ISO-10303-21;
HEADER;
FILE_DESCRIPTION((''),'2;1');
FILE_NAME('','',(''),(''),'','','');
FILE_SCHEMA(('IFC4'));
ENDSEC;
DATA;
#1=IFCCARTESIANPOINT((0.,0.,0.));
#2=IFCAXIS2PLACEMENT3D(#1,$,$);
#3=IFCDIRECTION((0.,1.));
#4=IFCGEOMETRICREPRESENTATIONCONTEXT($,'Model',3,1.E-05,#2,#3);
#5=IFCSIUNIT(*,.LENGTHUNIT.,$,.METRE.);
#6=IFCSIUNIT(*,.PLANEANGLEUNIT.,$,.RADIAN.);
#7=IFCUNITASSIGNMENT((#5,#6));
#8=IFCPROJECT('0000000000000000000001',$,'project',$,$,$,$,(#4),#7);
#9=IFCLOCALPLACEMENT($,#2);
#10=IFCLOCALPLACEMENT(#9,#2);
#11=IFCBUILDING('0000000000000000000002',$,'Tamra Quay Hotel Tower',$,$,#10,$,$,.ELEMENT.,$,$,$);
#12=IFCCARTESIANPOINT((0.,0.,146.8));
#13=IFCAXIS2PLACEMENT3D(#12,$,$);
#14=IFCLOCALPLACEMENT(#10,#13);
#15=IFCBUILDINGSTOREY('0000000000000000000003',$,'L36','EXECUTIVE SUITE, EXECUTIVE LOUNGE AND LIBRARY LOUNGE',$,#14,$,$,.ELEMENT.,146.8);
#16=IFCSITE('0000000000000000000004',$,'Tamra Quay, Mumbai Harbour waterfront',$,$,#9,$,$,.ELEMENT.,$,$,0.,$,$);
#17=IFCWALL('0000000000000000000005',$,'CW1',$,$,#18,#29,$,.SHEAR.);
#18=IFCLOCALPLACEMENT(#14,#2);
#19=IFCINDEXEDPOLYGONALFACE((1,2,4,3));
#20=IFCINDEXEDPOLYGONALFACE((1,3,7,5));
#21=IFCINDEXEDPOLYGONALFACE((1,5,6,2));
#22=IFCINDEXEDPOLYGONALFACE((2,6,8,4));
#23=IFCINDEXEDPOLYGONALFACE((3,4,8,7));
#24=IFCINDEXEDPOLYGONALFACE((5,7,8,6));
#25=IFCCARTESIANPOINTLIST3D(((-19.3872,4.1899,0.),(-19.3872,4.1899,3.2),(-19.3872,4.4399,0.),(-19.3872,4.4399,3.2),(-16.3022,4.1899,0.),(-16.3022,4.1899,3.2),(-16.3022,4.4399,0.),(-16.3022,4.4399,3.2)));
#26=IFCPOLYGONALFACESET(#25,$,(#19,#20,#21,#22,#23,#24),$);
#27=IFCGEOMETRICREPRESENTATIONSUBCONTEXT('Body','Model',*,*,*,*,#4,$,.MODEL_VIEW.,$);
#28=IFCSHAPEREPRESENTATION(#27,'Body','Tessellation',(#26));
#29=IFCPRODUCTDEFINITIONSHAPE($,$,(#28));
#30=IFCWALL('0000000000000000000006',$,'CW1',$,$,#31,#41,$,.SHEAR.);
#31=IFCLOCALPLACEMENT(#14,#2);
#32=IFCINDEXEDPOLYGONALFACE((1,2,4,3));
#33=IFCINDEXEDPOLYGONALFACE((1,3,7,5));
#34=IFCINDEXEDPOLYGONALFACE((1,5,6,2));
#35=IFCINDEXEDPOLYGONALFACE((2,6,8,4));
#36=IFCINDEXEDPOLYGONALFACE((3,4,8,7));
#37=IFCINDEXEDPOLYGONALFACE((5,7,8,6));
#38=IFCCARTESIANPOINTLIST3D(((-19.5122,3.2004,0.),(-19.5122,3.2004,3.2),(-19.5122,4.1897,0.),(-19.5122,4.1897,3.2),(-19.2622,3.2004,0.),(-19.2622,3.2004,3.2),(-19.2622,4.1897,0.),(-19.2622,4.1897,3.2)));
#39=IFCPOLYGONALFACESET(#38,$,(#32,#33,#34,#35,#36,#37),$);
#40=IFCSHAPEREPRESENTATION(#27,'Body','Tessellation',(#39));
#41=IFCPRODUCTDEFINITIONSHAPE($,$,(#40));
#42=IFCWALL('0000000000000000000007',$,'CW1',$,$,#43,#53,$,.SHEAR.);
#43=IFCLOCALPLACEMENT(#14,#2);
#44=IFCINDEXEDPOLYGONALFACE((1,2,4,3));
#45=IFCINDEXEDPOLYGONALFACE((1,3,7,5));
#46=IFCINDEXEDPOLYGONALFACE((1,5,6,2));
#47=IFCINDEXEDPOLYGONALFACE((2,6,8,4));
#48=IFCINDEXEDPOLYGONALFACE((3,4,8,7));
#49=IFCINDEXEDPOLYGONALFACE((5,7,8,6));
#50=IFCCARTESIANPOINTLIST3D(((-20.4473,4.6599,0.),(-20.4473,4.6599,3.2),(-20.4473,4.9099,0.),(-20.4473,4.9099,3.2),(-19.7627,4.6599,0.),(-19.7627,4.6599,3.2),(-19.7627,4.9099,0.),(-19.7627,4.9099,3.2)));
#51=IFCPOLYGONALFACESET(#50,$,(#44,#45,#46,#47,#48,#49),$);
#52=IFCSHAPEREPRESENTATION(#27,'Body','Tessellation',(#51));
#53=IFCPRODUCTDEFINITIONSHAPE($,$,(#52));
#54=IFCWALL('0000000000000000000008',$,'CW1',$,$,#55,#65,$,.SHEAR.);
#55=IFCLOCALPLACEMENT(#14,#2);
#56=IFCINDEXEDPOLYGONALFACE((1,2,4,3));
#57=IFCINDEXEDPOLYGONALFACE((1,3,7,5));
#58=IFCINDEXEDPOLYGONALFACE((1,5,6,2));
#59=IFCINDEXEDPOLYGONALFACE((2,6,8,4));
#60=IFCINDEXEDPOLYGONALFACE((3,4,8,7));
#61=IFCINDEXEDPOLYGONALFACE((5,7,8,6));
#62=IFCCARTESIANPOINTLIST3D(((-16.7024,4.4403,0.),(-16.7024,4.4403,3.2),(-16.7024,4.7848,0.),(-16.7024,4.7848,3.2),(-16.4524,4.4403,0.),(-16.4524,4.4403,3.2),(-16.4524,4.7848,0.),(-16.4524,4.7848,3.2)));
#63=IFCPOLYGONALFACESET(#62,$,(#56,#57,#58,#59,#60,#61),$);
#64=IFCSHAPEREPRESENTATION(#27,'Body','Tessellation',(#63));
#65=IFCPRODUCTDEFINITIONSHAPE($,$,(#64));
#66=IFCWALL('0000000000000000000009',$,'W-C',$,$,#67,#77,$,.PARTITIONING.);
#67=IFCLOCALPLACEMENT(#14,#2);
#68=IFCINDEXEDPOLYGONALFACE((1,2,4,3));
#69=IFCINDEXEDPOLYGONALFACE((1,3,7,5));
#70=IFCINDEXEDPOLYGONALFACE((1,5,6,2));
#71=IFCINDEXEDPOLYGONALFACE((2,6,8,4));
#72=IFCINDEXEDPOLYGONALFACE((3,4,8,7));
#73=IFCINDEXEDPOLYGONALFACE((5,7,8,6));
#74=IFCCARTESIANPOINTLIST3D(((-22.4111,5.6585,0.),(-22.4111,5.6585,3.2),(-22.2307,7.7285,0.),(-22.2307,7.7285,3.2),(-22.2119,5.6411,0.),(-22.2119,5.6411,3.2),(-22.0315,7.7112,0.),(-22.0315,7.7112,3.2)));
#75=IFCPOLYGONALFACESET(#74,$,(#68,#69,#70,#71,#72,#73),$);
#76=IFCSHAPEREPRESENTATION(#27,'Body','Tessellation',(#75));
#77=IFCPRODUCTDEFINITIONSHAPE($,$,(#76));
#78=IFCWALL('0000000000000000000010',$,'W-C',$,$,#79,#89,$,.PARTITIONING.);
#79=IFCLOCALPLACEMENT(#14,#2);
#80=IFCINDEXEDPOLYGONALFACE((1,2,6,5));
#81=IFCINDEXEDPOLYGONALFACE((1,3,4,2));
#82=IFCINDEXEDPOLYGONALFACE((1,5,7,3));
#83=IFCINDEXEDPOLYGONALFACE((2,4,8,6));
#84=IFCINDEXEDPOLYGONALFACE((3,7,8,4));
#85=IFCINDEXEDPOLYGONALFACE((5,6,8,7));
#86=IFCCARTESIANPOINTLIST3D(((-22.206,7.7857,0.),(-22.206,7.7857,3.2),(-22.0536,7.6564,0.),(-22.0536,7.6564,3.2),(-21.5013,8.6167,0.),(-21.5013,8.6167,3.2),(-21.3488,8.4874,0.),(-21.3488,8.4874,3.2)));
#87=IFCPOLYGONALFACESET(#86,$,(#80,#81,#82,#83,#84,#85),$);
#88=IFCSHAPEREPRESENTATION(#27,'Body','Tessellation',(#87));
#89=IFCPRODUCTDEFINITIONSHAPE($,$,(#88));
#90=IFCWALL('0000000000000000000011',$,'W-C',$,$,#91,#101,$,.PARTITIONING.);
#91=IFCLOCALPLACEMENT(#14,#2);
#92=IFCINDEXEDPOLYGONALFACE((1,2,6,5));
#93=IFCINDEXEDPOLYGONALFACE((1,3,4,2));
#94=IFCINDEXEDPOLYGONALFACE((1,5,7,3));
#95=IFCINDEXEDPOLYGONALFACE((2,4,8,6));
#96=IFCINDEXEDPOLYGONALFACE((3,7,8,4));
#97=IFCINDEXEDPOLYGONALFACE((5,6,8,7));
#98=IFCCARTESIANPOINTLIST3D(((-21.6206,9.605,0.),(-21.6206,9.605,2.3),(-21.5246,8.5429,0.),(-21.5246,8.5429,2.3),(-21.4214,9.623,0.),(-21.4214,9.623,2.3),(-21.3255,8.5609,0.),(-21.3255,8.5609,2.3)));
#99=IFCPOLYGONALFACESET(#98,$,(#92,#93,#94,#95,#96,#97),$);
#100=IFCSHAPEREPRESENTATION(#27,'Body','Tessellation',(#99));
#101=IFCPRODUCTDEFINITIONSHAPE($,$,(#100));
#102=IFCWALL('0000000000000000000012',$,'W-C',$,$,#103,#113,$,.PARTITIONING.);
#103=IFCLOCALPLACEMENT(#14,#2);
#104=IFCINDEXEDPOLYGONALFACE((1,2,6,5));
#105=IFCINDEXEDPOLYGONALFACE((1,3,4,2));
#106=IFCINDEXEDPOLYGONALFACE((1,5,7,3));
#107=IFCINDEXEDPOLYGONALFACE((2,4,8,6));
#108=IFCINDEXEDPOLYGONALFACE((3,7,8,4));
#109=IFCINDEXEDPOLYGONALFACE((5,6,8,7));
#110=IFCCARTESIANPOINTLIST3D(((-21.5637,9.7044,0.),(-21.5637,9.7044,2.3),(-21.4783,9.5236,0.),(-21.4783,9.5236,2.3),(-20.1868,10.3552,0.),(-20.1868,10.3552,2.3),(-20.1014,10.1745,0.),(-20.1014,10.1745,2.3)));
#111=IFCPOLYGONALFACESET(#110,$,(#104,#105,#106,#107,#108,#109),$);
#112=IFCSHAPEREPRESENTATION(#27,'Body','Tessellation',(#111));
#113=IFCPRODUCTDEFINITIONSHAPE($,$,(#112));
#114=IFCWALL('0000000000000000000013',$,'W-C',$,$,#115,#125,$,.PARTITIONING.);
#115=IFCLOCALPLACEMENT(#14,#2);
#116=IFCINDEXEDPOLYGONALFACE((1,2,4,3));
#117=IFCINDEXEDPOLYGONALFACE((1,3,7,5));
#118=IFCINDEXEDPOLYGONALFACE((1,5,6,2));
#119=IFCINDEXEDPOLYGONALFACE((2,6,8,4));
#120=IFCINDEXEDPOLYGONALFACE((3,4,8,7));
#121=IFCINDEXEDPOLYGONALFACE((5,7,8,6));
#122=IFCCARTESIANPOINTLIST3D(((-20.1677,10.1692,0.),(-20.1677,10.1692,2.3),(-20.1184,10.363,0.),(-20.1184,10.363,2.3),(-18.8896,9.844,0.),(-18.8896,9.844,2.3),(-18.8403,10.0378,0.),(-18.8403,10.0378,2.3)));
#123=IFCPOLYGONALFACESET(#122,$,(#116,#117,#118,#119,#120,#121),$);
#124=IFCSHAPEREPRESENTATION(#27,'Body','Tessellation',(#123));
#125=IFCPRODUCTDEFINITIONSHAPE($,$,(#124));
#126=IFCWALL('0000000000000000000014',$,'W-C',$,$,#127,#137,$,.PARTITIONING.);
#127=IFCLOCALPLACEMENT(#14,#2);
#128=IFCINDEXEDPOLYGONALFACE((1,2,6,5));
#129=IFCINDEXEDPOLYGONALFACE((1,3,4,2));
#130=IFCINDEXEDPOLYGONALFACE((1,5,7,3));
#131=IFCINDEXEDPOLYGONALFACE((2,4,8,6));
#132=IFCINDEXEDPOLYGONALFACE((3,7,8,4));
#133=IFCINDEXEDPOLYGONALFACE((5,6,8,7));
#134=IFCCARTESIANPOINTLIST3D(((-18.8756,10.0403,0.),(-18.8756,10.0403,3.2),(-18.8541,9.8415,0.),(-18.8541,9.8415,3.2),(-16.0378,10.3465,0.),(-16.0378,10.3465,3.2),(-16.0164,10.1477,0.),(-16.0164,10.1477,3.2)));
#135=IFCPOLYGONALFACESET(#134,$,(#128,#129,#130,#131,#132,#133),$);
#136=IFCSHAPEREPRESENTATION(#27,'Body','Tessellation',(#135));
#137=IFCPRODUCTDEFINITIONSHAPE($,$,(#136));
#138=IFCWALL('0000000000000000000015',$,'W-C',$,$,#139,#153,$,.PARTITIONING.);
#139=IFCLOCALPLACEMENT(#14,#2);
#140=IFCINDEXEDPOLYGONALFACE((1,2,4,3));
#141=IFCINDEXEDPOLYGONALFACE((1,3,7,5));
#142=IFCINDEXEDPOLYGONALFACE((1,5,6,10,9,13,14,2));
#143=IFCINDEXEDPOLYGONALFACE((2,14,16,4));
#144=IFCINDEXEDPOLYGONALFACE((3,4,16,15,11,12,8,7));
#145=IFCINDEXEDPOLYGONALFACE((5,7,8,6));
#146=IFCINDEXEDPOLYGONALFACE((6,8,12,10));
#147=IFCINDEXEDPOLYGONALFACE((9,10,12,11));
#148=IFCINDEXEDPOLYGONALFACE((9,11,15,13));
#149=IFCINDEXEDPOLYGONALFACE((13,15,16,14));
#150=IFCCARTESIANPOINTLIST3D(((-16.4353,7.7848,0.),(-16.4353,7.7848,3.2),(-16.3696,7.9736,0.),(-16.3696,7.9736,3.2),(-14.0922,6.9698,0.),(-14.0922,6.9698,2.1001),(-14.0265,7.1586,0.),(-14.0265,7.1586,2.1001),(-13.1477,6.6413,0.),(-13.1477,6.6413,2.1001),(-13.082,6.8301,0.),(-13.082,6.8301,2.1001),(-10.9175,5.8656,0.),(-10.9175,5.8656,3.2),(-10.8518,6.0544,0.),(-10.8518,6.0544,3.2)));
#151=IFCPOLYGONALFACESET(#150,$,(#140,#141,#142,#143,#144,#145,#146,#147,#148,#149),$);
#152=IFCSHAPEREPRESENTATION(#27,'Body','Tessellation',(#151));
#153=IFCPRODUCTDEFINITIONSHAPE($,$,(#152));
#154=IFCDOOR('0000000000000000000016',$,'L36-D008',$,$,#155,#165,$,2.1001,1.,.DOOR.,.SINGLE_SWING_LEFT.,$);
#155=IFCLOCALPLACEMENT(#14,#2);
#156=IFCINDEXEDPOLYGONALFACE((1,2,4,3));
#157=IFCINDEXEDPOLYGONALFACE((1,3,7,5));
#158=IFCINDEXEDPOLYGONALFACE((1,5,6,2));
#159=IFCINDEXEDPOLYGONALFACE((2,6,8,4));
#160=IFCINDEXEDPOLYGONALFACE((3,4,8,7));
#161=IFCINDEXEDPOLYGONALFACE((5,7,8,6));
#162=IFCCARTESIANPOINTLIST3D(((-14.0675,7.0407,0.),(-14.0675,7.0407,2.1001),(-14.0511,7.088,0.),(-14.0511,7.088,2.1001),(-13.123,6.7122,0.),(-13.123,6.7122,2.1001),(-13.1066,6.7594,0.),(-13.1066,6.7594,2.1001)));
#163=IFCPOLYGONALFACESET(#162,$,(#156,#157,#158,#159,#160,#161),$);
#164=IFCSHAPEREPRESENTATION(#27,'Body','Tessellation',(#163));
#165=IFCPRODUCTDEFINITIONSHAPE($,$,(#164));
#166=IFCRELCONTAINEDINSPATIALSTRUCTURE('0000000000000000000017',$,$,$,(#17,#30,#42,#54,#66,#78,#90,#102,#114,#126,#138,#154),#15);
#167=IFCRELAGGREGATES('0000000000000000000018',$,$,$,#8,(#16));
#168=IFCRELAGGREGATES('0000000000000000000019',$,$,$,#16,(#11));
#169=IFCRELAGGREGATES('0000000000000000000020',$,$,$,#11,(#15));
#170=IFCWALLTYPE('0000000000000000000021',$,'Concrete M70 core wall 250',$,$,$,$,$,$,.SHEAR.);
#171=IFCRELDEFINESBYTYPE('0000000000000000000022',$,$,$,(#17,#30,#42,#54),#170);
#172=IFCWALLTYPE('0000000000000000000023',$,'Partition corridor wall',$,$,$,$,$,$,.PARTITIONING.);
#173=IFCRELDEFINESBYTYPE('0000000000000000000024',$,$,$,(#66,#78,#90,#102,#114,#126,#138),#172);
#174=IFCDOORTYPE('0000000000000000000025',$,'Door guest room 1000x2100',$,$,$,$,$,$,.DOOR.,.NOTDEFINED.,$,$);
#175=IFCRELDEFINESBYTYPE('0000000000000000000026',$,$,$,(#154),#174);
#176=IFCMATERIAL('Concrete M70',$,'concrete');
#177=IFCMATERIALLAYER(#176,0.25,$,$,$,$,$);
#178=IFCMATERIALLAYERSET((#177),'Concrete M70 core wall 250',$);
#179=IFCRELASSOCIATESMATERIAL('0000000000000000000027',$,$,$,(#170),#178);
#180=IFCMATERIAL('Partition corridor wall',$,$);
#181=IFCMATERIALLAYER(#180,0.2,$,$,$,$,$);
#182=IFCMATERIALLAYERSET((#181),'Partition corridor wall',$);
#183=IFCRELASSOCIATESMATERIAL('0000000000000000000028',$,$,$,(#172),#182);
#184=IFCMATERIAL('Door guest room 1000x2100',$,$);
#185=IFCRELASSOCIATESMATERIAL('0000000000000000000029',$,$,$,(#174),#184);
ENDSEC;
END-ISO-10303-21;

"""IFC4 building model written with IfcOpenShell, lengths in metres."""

from ifc_helpers import new_model, si_unit, direction, frame, frame_2d, origin, place, context, subcontext, project, spatial, rectangle, extrude, material, layer, layer_set, type_object, element, fill, save


model = new_model("IFC4")

# Units and contexts
model_context = context("Model", 3, precision=1e-05, world=origin(), true_north=direction((0.0, 1.0)))
body_context = subcontext(model_context, "Body", "Model", "MODEL_VIEW")
ifc_project = project(units=[si_unit("LENGTHUNIT", "METRE"), si_unit("PLANEANGLEUNIT", "RADIAN")], contexts=[model_context])

# Site, building, storey
site_placement = place(None, origin())
site = spatial("IfcSite", under=ifc_project, at=site_placement, Name="Tamra Quay, Mumbai Harbour waterfront", CompositionType="ELEMENT", RefElevation=0.0)
building_placement = place(site_placement, origin())
building = spatial("IfcBuilding", under=site, at=building_placement, Name="Tamra Quay Hotel Tower", CompositionType="ELEMENT")
storey_placement = place(building_placement, frame((0.0, 0.0, 146.8)))
storey = spatial("IfcBuildingStorey", under=building, at=storey_placement, Name="L36", Description="EXECUTIVE SUITE, EXECUTIVE LOUNGE AND LIBRARY LOUNGE", CompositionType="ELEMENT", Elevation=146.8)

# Shared definitions
ifc_material_1 = material(Name="Concrete M70", Category="concrete")

# Walls
ifc_layer_1 = layer(ifc_material_1, 0.25)
ifc_layer_set_1 = layer_set([ifc_layer_1], Name="Concrete M70 core wall 250")
wall_type_1 = type_object("IfcWallType", Name="Concrete M70 core wall 250", PredefinedType="SHEAR", material=ifc_layer_set_1)
wall_1_placement = place(storey_placement, frame((-16.3022, 4.3149, 0.0), z_axis=(0.0, 0.0, 1.0), x_axis=(-1.0, 0.0, 0.0)))
element("IfcWall", 1, at=wall_1_placement, inside=storey, type_object=wall_type_1, Name="CW1", PredefinedType="SHEAR", context=body_context, shape_type="SweptSolid", body=[
    extrude(rectangle(XDim=3.085, YDim=0.25, at=frame_2d((1.5425, 0.0))), origin(), (0.0, 0.0, 1.0), 3.2),
])
wall_2_placement = place(storey_placement, frame((-19.3872, 4.1897, 0.0), z_axis=(0.0, 0.0, 1.0), x_axis=(0.0, -1.0, 0.0)))
element("IfcWall", 2, at=wall_2_placement, inside=storey, type_object=wall_type_1, Name="CW1", PredefinedType="SHEAR", context=body_context, shape_type="SweptSolid", body=[
    extrude(rectangle(XDim=0.9893, YDim=0.25, at=frame_2d((0.4946, 0.0))), origin(), (0.0, 0.0, 1.0), 3.2),
])
wall_3_placement = place(storey_placement, frame((-20.4473, 4.7849, 0.0), z_axis=(0.0, 0.0, 1.0), x_axis=(1.0, 0.0, 0.0)))
element("IfcWall", 3, at=wall_3_placement, inside=storey, type_object=wall_type_1, Name="CW1", PredefinedType="SHEAR", context=body_context, shape_type="SweptSolid", body=[
    extrude(rectangle(XDim=0.6846, YDim=0.25, at=frame_2d((0.3423, 0.0))), origin(), (0.0, 0.0, 1.0), 3.2),
])
wall_4_placement = place(storey_placement, frame((-16.5774, 4.7849, 0.0), z_axis=(0.0, 0.0, 1.0), x_axis=(0.0, -1.0, 0.0)))
element("IfcWall", 4, at=wall_4_placement, inside=storey, type_object=wall_type_1, Name="CW1", PredefinedType="SHEAR", context=body_context, shape_type="SweptSolid", body=[
    extrude(rectangle(XDim=0.3445, YDim=0.25, at=frame_2d((0.1724, 0.0))), origin(), (0.0, 0.0, 1.0), 3.2),
])
ifc_material_2 = material(Name="Partition corridor wall")
ifc_layer_2 = layer(ifc_material_2, 0.2)
ifc_layer_set_2 = layer_set([ifc_layer_2], Name="Partition corridor wall")
wall_type_2 = type_object("IfcWallType", Name="Partition corridor wall", PredefinedType="PARTITIONING", material=ifc_layer_set_2)
wall_5_placement = place(storey_placement, frame((-22.1311, 7.72, 0.0), z_axis=(0.0, 0.0, 1.0), x_axis=(-0.086827, -0.996223, 0.0)))
element("IfcWall", 5, at=wall_5_placement, inside=storey, type_object=wall_type_2, Name="W-C", PredefinedType="PARTITIONING", context=body_context, shape_type="SweptSolid", body=[
    extrude(rectangle(XDim=2.0779, YDim=0.2, at=frame_2d((1.0391, 0.0))), origin(), (0.0, 0.0, 1.0), 3.2),
])
wall_6_placement = place(storey_placement, frame((-22.1299, 7.7209, 0.0), z_axis=(0.0, 0.0, 1.0), x_axis=(0.646816, 0.762646, 0.0)))
element("IfcWall", 6, at=wall_6_placement, inside=storey, type_object=wall_type_2, Name="W-C", PredefinedType="PARTITIONING", context=body_context, shape_type="SweptSolid", body=[
    extrude(rectangle(XDim=1.0896, YDim=0.2, at=frame_2d((0.5449, 0.0))), origin(), (0.0, 0.0, 1.0), 3.2),
])
wall_7_placement = place(storey_placement, frame((-21.521, 9.614, 0.0), z_axis=(0.0, 0.0, 1.0), x_axis=(0.089978, -0.995944, 0.0)))
element("IfcWall", 7, at=wall_7_placement, inside=storey, type_object=wall_type_2, Name="W-C", PredefinedType="PARTITIONING", context=body_context, shape_type="SweptSolid", body=[
    extrude(rectangle(XDim=1.0664, YDim=0.2, at=frame_2d((0.5332, 0.0))), origin(), (0.0, 0.0, 1.0), 2.3),
])
wall_8_placement = place(storey_placement, frame((-21.521, 9.614, 0.0), z_axis=(0.0, 0.0, 1.0), x_axis=(0.904084, 0.427356, 0.0)))
element("IfcWall", 8, at=wall_8_placement, inside=storey, type_object=wall_type_2, Name="W-C", PredefinedType="PARTITIONING", context=body_context, shape_type="SweptSolid", body=[
    extrude(rectangle(XDim=1.5229, YDim=0.2, at=frame_2d((0.7615, 0.0))), origin(), (0.0, 0.0, 1.0), 2.3),
])
wall_9_placement = place(storey_placement, frame((-20.1431, 10.2661, 0.0), z_axis=(0.0, 0.0, 1.0), x_axis=(0.969121, -0.246584, 0.0)))
element("IfcWall", 9, at=wall_9_placement, inside=storey, type_object=wall_type_2, Name="W-C", PredefinedType="PARTITIONING", context=body_context, shape_type="SweptSolid", body=[
    extrude(rectangle(XDim=1.3188, YDim=0.2, at=frame_2d((0.6594, 0.0))), origin(), (0.0, 0.0, 1.0), 2.3),
])
wall_10_placement = place(storey_placement, frame((-18.865, 9.9409, 0.0), z_axis=(0.0, 0.0, 1.0), x_axis=(0.994231, 0.107258, 0.0)))
element("IfcWall", 10, at=wall_10_placement, inside=storey, type_object=wall_type_2, Name="W-C", PredefinedType="PARTITIONING", context=body_context, shape_type="SweptSolid", body=[
    extrude(rectangle(XDim=2.8542, YDim=0.2, at=frame_2d((1.4272, 0.0))), origin(), (0.0, 0.0, 1.0), 3.2),
])

# Wall, opening, door
wall_11_placement = place(storey_placement, frame((-16.4023, 7.8792, 0.0), z_axis=(0.0, 0.0, 1.0), x_axis=(0.9445, -0.328513, 0.0)))
wall_11 = element("IfcWall", 11, at=wall_11_placement, inside=storey, type_object=wall_type_2, Name="W-C", PredefinedType="PARTITIONING", context=body_context, shape_type="SweptSolid", body=[
    extrude(rectangle(XDim=5.842, YDim=0.2, at=frame_2d((2.9209, 0.0))), origin(), (0.0, 0.0, 1.0), 3.2),
])
opening_1_placement = place(wall_11_placement, frame((2.4807, 0.0, 0.0)))
opening_1 = element("IfcOpeningElement", 12, at=opening_1_placement, cuts=wall_11, PredefinedType="OPENING", context=body_context, shape_type="SweptSolid", body=[
    extrude(rectangle(XDim=1.0, YDim=2.1001, at=frame_2d((0.5, 1.05))), frame((0.0, 0.1099, 0.0), z_axis=(0.0, -1.0, 0.0), x_axis=(1.0, 0.0, 0.0)), (0.0, 0.0, 1.0), 0.22),
])
ifc_material_3 = material(Name="Door guest room 1000x2100")
door_type_1 = type_object("IfcDoorType", Name="Door guest room 1000x2100", OperationType="NOTDEFINED", PredefinedType="DOOR", material=ifc_material_3)
door_1_placement = place(opening_1_placement, frame((1.0, 0.0, 0.0), z_axis=(0.0, 0.0, 1.0), x_axis=(-1.0, 0.0, 0.0)))
door_1 = element("IfcDoor", 13, at=door_1_placement, inside=storey, type_object=door_type_1, Name="L36-D008", OperationType="SINGLE_SWING_LEFT", OverallHeight=2.1001, OverallWidth=1.0, PredefinedType="DOOR", context=body_context, shape_type="SweptSolid", body=[
    extrude(rectangle(XDim=1.0, YDim=2.1001, at=frame_2d((0.5, 1.05))), frame((0.0, 0.0249, 0.0), z_axis=(0.0, -1.0, 0.0), x_axis=(1.0, 0.0, 0.0)), (0.0, 0.0, 1.0), 0.05),
])
fill(opening_1, door_1)

save(model, "model.ifc")
